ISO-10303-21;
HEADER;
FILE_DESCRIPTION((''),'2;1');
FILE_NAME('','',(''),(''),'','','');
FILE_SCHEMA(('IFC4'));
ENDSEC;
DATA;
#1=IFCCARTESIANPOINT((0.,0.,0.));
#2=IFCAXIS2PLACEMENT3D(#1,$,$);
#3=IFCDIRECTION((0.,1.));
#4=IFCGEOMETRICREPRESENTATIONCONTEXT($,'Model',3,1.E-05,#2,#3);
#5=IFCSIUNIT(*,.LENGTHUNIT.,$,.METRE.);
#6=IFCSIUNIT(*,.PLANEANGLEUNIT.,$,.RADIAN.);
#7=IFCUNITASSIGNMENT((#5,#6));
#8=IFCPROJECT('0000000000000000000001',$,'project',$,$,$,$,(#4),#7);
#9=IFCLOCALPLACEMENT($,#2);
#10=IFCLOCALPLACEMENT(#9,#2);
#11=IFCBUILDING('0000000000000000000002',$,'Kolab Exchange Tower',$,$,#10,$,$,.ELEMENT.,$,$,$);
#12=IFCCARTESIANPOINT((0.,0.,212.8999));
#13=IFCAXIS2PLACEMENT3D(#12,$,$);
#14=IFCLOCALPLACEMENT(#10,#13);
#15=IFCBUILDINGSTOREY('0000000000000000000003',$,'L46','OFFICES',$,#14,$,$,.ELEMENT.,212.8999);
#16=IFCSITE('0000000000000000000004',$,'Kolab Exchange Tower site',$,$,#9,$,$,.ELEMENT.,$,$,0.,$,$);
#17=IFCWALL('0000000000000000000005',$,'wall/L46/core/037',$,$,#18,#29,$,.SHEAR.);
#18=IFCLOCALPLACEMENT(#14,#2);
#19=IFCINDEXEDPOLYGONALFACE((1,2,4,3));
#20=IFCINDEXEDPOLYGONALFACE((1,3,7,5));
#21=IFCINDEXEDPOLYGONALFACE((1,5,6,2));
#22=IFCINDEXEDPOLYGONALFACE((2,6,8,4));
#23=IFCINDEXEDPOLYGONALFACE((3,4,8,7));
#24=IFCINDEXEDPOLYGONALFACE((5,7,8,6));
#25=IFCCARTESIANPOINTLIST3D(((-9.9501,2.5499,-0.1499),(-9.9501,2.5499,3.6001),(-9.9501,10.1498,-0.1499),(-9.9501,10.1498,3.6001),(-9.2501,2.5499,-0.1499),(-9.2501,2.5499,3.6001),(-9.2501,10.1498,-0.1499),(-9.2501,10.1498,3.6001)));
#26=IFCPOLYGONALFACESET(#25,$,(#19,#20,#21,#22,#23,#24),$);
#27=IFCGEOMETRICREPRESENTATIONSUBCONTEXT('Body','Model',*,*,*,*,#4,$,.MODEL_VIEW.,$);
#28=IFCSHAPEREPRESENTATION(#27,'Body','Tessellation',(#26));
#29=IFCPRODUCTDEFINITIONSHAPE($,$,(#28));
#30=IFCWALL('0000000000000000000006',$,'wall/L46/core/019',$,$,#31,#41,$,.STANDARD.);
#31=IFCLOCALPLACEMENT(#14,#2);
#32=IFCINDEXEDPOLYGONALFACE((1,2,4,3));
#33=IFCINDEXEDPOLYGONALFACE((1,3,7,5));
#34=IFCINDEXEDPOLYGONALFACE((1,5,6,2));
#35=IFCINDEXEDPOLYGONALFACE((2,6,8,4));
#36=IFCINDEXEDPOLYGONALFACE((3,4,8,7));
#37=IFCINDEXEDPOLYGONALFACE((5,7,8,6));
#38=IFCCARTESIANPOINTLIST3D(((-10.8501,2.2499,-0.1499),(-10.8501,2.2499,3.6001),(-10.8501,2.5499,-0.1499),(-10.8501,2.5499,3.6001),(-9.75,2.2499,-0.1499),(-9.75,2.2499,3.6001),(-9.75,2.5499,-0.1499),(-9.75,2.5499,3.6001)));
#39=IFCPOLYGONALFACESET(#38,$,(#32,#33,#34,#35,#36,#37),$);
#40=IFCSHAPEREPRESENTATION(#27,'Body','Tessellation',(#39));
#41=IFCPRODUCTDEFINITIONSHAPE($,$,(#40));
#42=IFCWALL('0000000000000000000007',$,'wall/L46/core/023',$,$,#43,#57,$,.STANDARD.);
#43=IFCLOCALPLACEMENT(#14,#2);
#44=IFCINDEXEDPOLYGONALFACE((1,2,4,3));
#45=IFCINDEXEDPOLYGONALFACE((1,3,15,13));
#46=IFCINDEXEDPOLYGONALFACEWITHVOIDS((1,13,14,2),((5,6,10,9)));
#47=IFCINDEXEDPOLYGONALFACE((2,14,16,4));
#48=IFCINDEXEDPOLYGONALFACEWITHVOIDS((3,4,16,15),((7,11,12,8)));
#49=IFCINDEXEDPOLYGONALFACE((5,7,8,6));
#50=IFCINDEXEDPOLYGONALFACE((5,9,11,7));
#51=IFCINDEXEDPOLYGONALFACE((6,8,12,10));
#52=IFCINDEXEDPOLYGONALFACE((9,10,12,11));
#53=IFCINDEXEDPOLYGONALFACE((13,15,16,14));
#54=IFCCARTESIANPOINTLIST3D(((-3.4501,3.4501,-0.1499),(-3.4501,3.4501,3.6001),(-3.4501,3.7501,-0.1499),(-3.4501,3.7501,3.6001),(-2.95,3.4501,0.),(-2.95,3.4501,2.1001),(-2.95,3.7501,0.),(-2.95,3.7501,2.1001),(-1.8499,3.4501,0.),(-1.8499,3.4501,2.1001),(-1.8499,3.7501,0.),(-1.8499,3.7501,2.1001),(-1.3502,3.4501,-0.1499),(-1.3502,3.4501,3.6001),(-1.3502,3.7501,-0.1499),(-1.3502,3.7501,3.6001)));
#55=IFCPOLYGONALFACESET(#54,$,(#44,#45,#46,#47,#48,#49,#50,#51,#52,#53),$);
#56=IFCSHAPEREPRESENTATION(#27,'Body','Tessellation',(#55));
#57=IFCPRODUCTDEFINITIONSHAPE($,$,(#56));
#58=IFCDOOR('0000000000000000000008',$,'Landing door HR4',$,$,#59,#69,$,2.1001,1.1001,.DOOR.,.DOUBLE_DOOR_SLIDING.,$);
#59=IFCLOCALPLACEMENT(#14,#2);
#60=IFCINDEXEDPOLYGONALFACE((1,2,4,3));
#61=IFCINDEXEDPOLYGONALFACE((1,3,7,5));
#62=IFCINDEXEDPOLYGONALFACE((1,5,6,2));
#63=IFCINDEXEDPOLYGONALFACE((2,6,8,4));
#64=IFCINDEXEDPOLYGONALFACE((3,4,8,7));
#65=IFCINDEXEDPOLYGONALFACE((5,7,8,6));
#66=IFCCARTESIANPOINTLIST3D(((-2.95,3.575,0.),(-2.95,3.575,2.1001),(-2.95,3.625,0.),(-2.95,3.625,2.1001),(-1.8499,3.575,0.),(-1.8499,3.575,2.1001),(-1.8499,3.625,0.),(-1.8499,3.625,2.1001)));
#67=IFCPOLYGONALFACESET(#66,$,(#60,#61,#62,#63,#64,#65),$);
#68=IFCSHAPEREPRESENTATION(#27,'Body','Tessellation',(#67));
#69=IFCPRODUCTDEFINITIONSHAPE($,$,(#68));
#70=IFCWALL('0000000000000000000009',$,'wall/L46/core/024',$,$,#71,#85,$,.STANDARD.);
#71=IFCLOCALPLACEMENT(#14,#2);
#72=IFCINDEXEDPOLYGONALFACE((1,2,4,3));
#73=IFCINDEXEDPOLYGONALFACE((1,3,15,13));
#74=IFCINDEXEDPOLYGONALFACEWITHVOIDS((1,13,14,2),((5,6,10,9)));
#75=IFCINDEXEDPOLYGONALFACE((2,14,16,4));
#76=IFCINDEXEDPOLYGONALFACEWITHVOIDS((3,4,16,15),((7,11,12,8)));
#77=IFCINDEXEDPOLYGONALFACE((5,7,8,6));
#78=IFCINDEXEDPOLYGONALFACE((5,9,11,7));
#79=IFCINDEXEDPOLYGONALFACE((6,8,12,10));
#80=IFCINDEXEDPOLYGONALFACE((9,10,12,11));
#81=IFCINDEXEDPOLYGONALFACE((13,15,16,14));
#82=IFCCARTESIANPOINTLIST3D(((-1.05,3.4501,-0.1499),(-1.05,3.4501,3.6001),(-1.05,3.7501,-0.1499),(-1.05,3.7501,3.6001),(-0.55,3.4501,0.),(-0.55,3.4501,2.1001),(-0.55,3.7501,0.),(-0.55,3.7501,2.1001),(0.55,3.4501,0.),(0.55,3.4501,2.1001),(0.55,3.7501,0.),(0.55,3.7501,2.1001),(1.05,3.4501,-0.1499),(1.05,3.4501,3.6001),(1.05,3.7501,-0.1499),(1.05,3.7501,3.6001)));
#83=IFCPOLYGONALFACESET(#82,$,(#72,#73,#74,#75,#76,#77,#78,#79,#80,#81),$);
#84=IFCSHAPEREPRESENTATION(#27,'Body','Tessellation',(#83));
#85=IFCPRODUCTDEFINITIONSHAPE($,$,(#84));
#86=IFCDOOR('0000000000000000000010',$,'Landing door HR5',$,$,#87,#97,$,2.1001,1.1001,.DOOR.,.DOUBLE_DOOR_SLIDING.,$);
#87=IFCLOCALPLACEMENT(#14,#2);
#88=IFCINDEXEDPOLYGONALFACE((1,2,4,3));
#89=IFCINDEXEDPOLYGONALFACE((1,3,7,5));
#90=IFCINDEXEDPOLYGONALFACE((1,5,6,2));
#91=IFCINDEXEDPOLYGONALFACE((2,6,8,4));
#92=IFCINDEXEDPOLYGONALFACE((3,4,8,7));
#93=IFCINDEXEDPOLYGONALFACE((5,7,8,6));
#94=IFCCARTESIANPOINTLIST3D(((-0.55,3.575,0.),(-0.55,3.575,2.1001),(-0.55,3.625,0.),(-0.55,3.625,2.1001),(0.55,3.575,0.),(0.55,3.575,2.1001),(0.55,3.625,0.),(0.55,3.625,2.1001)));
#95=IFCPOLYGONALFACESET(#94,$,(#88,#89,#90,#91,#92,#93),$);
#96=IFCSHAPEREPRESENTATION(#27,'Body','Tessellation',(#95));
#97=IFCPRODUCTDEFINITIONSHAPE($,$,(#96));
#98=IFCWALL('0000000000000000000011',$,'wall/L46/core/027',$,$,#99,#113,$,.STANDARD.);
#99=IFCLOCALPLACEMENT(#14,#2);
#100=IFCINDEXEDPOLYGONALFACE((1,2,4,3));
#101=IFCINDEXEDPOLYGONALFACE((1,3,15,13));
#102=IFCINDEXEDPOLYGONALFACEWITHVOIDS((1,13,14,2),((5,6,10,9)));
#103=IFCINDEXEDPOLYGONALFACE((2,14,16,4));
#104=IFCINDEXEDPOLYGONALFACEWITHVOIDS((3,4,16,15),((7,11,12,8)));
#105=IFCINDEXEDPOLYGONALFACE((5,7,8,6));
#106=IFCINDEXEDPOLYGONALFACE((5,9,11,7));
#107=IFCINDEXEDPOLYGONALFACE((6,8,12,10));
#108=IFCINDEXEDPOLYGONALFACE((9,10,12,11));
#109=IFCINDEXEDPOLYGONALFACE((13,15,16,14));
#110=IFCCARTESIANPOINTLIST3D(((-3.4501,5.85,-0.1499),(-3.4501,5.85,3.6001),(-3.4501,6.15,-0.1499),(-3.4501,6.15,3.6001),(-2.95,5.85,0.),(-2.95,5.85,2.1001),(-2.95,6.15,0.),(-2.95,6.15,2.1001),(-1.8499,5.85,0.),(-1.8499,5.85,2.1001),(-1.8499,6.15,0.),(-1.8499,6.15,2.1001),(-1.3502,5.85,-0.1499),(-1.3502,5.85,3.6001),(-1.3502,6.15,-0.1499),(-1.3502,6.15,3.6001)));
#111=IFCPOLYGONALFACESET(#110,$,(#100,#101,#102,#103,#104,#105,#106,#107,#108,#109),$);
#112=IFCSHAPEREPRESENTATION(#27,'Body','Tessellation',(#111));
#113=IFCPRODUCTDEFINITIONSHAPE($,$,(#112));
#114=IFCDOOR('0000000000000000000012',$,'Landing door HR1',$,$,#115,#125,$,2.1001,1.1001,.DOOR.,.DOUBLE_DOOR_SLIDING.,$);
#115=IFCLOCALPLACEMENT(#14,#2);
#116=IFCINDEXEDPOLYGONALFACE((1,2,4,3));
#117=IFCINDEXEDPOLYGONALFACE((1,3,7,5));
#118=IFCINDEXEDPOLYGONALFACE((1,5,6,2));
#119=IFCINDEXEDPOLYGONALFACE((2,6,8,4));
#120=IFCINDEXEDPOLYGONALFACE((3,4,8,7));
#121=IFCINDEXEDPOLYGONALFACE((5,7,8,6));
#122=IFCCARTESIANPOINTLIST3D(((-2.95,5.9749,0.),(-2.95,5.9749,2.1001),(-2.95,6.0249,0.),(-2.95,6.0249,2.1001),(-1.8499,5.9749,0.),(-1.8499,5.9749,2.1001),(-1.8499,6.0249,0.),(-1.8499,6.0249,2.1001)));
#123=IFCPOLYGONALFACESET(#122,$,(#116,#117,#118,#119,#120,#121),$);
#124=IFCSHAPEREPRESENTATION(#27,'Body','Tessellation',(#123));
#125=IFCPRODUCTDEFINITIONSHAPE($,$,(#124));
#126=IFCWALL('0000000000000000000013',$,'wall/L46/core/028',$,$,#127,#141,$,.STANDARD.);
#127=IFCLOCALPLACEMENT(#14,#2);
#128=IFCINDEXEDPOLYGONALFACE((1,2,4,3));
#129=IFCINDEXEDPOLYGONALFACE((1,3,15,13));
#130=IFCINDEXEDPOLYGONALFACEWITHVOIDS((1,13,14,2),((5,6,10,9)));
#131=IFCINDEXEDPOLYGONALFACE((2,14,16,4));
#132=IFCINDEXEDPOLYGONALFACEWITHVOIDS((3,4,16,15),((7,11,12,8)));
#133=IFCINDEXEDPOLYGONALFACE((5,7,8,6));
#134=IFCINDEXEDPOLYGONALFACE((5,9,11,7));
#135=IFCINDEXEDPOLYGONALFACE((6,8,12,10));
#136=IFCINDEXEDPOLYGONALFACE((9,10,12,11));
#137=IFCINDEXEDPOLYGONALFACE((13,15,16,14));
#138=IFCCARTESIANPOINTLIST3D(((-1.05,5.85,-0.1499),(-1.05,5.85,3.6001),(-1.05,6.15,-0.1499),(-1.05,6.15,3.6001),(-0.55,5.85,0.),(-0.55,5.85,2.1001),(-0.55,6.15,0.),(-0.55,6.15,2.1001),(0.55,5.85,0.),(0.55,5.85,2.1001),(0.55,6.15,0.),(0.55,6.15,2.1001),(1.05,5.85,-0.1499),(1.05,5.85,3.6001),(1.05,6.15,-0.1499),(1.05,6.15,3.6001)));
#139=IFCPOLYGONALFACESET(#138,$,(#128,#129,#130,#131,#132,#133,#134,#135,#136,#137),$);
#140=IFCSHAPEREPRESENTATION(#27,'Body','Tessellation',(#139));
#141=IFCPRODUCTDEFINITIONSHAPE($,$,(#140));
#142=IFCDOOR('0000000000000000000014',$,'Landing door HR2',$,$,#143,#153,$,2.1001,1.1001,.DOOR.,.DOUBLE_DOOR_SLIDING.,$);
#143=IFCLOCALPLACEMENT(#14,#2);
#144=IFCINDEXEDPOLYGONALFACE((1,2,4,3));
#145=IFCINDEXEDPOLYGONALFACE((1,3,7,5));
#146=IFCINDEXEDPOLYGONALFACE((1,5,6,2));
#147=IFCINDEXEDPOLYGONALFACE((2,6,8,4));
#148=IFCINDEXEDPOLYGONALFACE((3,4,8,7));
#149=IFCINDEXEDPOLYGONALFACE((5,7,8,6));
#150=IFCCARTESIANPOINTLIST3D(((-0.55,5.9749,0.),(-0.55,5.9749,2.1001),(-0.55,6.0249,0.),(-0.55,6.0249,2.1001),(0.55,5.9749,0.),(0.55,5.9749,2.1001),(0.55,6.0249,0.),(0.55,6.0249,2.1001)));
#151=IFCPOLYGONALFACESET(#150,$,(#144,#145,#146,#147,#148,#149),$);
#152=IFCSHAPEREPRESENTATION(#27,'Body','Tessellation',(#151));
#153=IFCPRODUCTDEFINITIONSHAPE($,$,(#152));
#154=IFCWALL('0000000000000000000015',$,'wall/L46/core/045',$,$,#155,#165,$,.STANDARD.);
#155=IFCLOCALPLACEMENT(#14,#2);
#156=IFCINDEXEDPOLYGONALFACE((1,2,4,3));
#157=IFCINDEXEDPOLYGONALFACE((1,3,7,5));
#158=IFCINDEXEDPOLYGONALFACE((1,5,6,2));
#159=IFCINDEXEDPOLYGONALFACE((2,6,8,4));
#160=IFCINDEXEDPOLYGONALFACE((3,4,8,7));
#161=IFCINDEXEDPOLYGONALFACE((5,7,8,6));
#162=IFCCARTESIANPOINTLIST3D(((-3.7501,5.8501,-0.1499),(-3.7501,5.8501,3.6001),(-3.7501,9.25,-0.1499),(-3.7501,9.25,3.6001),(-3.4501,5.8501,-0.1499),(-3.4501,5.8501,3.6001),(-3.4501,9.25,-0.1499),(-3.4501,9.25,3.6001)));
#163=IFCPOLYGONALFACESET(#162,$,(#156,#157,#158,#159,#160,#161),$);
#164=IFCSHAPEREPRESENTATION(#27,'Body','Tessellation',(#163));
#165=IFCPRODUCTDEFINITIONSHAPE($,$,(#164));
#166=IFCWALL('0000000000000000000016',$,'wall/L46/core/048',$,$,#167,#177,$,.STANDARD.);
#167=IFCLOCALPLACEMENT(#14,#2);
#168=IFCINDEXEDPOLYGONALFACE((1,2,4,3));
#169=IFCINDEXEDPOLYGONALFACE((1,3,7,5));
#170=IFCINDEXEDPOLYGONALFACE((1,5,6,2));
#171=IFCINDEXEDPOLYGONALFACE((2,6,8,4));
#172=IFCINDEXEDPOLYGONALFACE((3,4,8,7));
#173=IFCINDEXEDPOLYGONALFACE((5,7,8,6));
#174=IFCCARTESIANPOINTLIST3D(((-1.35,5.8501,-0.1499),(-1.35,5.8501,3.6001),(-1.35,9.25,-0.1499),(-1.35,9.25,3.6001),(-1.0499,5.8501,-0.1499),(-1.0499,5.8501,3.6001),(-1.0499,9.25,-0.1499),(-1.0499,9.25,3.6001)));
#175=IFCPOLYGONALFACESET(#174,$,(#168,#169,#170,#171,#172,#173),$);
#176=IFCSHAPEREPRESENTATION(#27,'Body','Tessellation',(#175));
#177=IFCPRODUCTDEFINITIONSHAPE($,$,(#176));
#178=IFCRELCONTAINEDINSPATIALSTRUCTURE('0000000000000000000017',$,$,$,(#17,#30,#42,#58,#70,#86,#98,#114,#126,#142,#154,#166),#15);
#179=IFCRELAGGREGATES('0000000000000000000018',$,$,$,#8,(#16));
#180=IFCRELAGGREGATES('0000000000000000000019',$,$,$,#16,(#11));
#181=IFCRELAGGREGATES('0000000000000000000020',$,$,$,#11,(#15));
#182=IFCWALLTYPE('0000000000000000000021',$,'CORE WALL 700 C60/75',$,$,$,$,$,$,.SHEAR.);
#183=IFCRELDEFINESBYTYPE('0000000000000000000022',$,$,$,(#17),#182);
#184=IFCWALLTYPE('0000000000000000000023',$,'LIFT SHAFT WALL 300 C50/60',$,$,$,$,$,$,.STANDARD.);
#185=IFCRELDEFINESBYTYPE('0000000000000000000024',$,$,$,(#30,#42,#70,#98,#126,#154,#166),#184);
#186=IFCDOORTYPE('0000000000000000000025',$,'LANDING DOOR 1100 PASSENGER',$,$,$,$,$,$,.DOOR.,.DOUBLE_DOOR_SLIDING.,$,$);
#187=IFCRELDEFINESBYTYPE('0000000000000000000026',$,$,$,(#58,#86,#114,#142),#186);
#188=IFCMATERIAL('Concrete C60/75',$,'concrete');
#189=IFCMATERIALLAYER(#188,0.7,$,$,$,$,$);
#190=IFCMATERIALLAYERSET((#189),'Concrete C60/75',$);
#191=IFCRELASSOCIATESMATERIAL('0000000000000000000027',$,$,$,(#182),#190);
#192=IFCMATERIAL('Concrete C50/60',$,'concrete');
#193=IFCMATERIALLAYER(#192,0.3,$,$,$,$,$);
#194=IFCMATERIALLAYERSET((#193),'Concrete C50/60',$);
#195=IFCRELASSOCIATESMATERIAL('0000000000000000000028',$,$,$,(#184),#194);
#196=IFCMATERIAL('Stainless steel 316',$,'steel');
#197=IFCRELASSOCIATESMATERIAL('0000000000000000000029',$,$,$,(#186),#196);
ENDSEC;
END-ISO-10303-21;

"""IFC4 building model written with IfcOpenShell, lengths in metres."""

from ifc_helpers import new_model, si_unit, direction, frame, frame_2d, origin, place, context, subcontext, project, spatial, rectangle, extrude, material, layer, layer_set, type_object, element, fill, save


model = new_model("IFC4")

# Units and contexts
model_context = context("Model", 3, precision=1e-05, world=origin(), true_north=direction((0.0, 1.0)))
body_context = subcontext(model_context, "Body", "Model", "MODEL_VIEW")
ifc_project = project(units=[si_unit("LENGTHUNIT", "METRE"), si_unit("PLANEANGLEUNIT", "RADIAN")], contexts=[model_context])

# Site, building, storey
site_placement = place(None, origin())
site = spatial("IfcSite", under=ifc_project, at=site_placement, Name="Kolab Exchange Tower site", CompositionType="ELEMENT", RefElevation=0.0)
building_placement = place(site_placement, origin())
building = spatial("IfcBuilding", under=site, at=building_placement, Name="Kolab Exchange Tower", CompositionType="ELEMENT")
storey_placement = place(building_placement, frame((0.0, 0.0, 212.8999)))
storey = spatial("IfcBuildingStorey", under=building, at=storey_placement, Name="L46", Description="OFFICES", CompositionType="ELEMENT", Elevation=212.8999)

# Walls
ifc_material_1 = material(Name="Concrete C60/75", Category="concrete")
ifc_layer_1 = layer(ifc_material_1, 0.7)
ifc_layer_set_1 = layer_set([ifc_layer_1], Name="Concrete C60/75")
wall_type_1 = type_object("IfcWallType", Name="CORE WALL 700 C60/75", PredefinedType="SHEAR", material=ifc_layer_set_1)
wall_1_placement = place(storey_placement, frame((-9.6001, 2.55, -0.1499), z_axis=(0.0, 0.0, 1.0), x_axis=(0.0, 1.0, 0.0)))
element("IfcWall", 1, at=wall_1_placement, inside=storey, type_object=wall_type_1, Name="wall/L46/core/037", PredefinedType="SHEAR", context=body_context, shape_type="SweptSolid", body=[
    extrude(rectangle(XDim=7.5999, YDim=0.7, at=frame_2d((3.7998, 0.0))), origin(), (0.0, 0.0, 1.0), 3.75),
])
ifc_material_2 = material(Name="Concrete C50/60", Category="concrete")
ifc_layer_2 = layer(ifc_material_2, 0.3)
ifc_layer_set_2 = layer_set([ifc_layer_2], Name="Concrete C50/60")
wall_type_2 = type_object("IfcWallType", Name="LIFT SHAFT WALL 300 C50/60", PredefinedType="STANDARD", material=ifc_layer_set_2)
wall_2_placement = place(storey_placement, frame((-10.8501, 2.3999, -0.1499), z_axis=(0.0, 0.0, 1.0), x_axis=(1.0, 0.0, 0.0)))
element("IfcWall", 2, at=wall_2_placement, inside=storey, type_object=wall_type_2, Name="wall/L46/core/019", PredefinedType="STANDARD", context=body_context, shape_type="SweptSolid", body=[
    extrude(rectangle(XDim=1.1001, YDim=0.3, at=frame_2d((0.55, 0.0))), origin(), (0.0, 0.0, 1.0), 3.75),
])

# Walls, openings, doors
wall_3_placement = place(storey_placement, frame((-3.45, 3.6001, -0.1499), z_axis=(0.0, 0.0, 1.0), x_axis=(1.0, 0.0, 0.0)))
wall_3 = element("IfcWall", 3, at=wall_3_placement, inside=storey, type_object=wall_type_2, Name="wall/L46/core/023", PredefinedType="STANDARD", context=body_context, shape_type="SweptSolid", body=[
    extrude(rectangle(XDim=2.0999, YDim=0.3, at=frame_2d((1.0498, 0.0))), origin(), (0.0, 0.0, 1.0), 3.75),
])
opening_1_placement = place(wall_3_placement, frame((0.5, 0.0, 0.1499)))
opening_1 = element("IfcOpeningElement", 4, at=opening_1_placement, cuts=wall_3, PredefinedType="OPENING", context=body_context, shape_type="SweptSolid", body=[
    extrude(rectangle(XDim=1.1001, YDim=2.1001, at=frame_2d((0.55, 1.05))), frame((0.0, 0.1602, 0.0), z_axis=(0.0, -1.0, 0.0), x_axis=(1.0, 0.0, 0.0)), (0.0, 0.0, 1.0), 0.3201),
])
ifc_material_3 = material(Name="Stainless steel 316", Category="steel")
door_type_1 = type_object("IfcDoorType", Name="LANDING DOOR 1100 PASSENGER", OperationType="DOUBLE_DOOR_SLIDING", PredefinedType="DOOR", material=ifc_material_3)
door_1_placement = place(opening_1_placement, origin())
door_1 = element("IfcDoor", 5, at=door_1_placement, inside=storey, type_object=door_type_1, Name="Landing door HR4", OperationType="DOUBLE_DOOR_SLIDING", OverallHeight=2.1001, OverallWidth=1.1001, PredefinedType="DOOR", context=body_context, shape_type="SweptSolid", body=[
    extrude(rectangle(XDim=1.1001, YDim=2.1001, at=frame_2d((0.55, 1.05))), frame((0.0, 0.0249, 0.0), z_axis=(0.0, -1.0, 0.0), x_axis=(1.0, 0.0, 0.0)), (0.0, 0.0, 1.0), 0.05),
])
fill(opening_1, door_1)
wall_4_placement = place(storey_placement, frame((-1.05, 3.6001, -0.1499), z_axis=(0.0, 0.0, 1.0), x_axis=(1.0, 0.0, 0.0)))
wall_4 = element("IfcWall", 6, at=wall_4_placement, inside=storey, type_object=wall_type_2, Name="wall/L46/core/024", PredefinedType="STANDARD", context=body_context, shape_type="SweptSolid", body=[
    extrude(rectangle(XDim=2.1001, YDim=0.3, at=frame_2d((1.05, 0.0))), origin(), (0.0, 0.0, 1.0), 3.75),
])
opening_2_placement = place(wall_4_placement, frame((0.5, 0.0, 0.1499)))
opening_2 = element("IfcOpeningElement", 7, at=opening_2_placement, cuts=wall_4, PredefinedType="OPENING", context=body_context, shape_type="SweptSolid", body=[
    extrude(rectangle(XDim=1.1001, YDim=2.1001, at=frame_2d((0.55, 1.05))), frame((0.0, 0.1602, 0.0), z_axis=(0.0, -1.0, 0.0), x_axis=(1.0, 0.0, 0.0)), (0.0, 0.0, 1.0), 0.3201),
])
door_2_placement = place(opening_2_placement, origin())
door_2 = element("IfcDoor", 8, at=door_2_placement, inside=storey, type_object=door_type_1, Name="Landing door HR5", OperationType="DOUBLE_DOOR_SLIDING", OverallHeight=2.1001, OverallWidth=1.1001, PredefinedType="DOOR", context=body_context, shape_type="SweptSolid", body=[
    extrude(rectangle(XDim=1.1001, YDim=2.1001, at=frame_2d((0.55, 1.05))), frame((0.0, 0.0249, 0.0), z_axis=(0.0, -1.0, 0.0), x_axis=(1.0, 0.0, 0.0)), (0.0, 0.0, 1.0), 0.05),
])
fill(opening_2, door_2)
wall_5_placement = place(storey_placement, frame((-3.45, 6.0, -0.1499), z_axis=(0.0, 0.0, 1.0), x_axis=(1.0, 0.0, 0.0)))
wall_5 = element("IfcWall", 9, at=wall_5_placement, inside=storey, type_object=wall_type_2, Name="wall/L46/core/027", PredefinedType="STANDARD", context=body_context, shape_type="SweptSolid", body=[
    extrude(rectangle(XDim=2.0999, YDim=0.3, at=frame_2d((1.0498, 0.0))), origin(), (0.0, 0.0, 1.0), 3.75),
])
opening_3_placement = place(wall_5_placement, frame((0.5, 0.0, 0.1499)))
opening_3 = element("IfcOpeningElement", 10, at=opening_3_placement, cuts=wall_5, PredefinedType="OPENING", context=body_context, shape_type="SweptSolid", body=[
    extrude(rectangle(XDim=1.1001, YDim=2.1001, at=frame_2d((0.55, 1.05))), frame((0.0, 0.1602, 0.0), z_axis=(0.0, -1.0, 0.0), x_axis=(1.0, 0.0, 0.0)), (0.0, 0.0, 1.0), 0.3201),
])
door_3_placement = place(opening_3_placement, origin())
door_3 = element("IfcDoor", 11, at=door_3_placement, inside=storey, type_object=door_type_1, Name="Landing door HR1", OperationType="DOUBLE_DOOR_SLIDING", OverallHeight=2.1001, OverallWidth=1.1001, PredefinedType="DOOR", context=body_context, shape_type="SweptSolid", body=[
    extrude(rectangle(XDim=1.1001, YDim=2.1001, at=frame_2d((0.55, 1.05))), frame((0.0, 0.0249, 0.0), z_axis=(0.0, -1.0, 0.0), x_axis=(1.0, 0.0, 0.0)), (0.0, 0.0, 1.0), 0.05),
])
fill(opening_3, door_3)
wall_6_placement = place(storey_placement, frame((-1.05, 6.0, -0.1499), z_axis=(0.0, 0.0, 1.0), x_axis=(1.0, 0.0, 0.0)))
wall_6 = element("IfcWall", 12, at=wall_6_placement, inside=storey, type_object=wall_type_2, Name="wall/L46/core/028", PredefinedType="STANDARD", context=body_context, shape_type="SweptSolid", body=[
    extrude(rectangle(XDim=2.1001, YDim=0.3, at=frame_2d((1.05, 0.0))), origin(), (0.0, 0.0, 1.0), 3.75),
])
opening_4_placement = place(wall_6_placement, frame((0.5, 0.0, 0.1499)))
opening_4 = element("IfcOpeningElement", 13, at=opening_4_placement, cuts=wall_6, PredefinedType="OPENING", context=body_context, shape_type="SweptSolid", body=[
    extrude(rectangle(XDim=1.1001, YDim=2.1001, at=frame_2d((0.55, 1.05))), frame((0.0, 0.1602, 0.0), z_axis=(0.0, -1.0, 0.0), x_axis=(1.0, 0.0, 0.0)), (0.0, 0.0, 1.0), 0.3201),
])
door_4_placement = place(opening_4_placement, origin())
door_4 = element("IfcDoor", 14, at=door_4_placement, inside=storey, type_object=door_type_1, Name="Landing door HR2", OperationType="DOUBLE_DOOR_SLIDING", OverallHeight=2.1001, OverallWidth=1.1001, PredefinedType="DOOR", context=body_context, shape_type="SweptSolid", body=[
    extrude(rectangle(XDim=1.1001, YDim=2.1001, at=frame_2d((0.55, 1.05))), frame((0.0, 0.0249, 0.0), z_axis=(0.0, -1.0, 0.0), x_axis=(1.0, 0.0, 0.0)), (0.0, 0.0, 1.0), 0.05),
])
fill(opening_4, door_4)

# Walls
for number, where, z_axis, x_axis, name in (
    (15, (-3.6001, 5.8501, -0.1499), (0.0, 0.0, 1.0), (0.0, 1.0, 0.0), "wall/L46/core/045"),
    (16, (-1.2, 5.8501, -0.1499), (0.0, 0.0, 1.0), (0.0, 1.0, 0.0), "wall/L46/core/048"),
):
    element("IfcWall", number, at=place(storey_placement, frame(where, z_axis=z_axis, x_axis=x_axis)), inside=storey, type_object=wall_type_2, Name=name, PredefinedType="STANDARD", context=body_context, shape_type="SweptSolid", body=[
        extrude(rectangle(XDim=3.3999, YDim=0.3, at=frame_2d((1.7, 0.0))), origin(), (0.0, 0.0, 1.0), 3.75),
    ])

save(model, "model.ifc")
